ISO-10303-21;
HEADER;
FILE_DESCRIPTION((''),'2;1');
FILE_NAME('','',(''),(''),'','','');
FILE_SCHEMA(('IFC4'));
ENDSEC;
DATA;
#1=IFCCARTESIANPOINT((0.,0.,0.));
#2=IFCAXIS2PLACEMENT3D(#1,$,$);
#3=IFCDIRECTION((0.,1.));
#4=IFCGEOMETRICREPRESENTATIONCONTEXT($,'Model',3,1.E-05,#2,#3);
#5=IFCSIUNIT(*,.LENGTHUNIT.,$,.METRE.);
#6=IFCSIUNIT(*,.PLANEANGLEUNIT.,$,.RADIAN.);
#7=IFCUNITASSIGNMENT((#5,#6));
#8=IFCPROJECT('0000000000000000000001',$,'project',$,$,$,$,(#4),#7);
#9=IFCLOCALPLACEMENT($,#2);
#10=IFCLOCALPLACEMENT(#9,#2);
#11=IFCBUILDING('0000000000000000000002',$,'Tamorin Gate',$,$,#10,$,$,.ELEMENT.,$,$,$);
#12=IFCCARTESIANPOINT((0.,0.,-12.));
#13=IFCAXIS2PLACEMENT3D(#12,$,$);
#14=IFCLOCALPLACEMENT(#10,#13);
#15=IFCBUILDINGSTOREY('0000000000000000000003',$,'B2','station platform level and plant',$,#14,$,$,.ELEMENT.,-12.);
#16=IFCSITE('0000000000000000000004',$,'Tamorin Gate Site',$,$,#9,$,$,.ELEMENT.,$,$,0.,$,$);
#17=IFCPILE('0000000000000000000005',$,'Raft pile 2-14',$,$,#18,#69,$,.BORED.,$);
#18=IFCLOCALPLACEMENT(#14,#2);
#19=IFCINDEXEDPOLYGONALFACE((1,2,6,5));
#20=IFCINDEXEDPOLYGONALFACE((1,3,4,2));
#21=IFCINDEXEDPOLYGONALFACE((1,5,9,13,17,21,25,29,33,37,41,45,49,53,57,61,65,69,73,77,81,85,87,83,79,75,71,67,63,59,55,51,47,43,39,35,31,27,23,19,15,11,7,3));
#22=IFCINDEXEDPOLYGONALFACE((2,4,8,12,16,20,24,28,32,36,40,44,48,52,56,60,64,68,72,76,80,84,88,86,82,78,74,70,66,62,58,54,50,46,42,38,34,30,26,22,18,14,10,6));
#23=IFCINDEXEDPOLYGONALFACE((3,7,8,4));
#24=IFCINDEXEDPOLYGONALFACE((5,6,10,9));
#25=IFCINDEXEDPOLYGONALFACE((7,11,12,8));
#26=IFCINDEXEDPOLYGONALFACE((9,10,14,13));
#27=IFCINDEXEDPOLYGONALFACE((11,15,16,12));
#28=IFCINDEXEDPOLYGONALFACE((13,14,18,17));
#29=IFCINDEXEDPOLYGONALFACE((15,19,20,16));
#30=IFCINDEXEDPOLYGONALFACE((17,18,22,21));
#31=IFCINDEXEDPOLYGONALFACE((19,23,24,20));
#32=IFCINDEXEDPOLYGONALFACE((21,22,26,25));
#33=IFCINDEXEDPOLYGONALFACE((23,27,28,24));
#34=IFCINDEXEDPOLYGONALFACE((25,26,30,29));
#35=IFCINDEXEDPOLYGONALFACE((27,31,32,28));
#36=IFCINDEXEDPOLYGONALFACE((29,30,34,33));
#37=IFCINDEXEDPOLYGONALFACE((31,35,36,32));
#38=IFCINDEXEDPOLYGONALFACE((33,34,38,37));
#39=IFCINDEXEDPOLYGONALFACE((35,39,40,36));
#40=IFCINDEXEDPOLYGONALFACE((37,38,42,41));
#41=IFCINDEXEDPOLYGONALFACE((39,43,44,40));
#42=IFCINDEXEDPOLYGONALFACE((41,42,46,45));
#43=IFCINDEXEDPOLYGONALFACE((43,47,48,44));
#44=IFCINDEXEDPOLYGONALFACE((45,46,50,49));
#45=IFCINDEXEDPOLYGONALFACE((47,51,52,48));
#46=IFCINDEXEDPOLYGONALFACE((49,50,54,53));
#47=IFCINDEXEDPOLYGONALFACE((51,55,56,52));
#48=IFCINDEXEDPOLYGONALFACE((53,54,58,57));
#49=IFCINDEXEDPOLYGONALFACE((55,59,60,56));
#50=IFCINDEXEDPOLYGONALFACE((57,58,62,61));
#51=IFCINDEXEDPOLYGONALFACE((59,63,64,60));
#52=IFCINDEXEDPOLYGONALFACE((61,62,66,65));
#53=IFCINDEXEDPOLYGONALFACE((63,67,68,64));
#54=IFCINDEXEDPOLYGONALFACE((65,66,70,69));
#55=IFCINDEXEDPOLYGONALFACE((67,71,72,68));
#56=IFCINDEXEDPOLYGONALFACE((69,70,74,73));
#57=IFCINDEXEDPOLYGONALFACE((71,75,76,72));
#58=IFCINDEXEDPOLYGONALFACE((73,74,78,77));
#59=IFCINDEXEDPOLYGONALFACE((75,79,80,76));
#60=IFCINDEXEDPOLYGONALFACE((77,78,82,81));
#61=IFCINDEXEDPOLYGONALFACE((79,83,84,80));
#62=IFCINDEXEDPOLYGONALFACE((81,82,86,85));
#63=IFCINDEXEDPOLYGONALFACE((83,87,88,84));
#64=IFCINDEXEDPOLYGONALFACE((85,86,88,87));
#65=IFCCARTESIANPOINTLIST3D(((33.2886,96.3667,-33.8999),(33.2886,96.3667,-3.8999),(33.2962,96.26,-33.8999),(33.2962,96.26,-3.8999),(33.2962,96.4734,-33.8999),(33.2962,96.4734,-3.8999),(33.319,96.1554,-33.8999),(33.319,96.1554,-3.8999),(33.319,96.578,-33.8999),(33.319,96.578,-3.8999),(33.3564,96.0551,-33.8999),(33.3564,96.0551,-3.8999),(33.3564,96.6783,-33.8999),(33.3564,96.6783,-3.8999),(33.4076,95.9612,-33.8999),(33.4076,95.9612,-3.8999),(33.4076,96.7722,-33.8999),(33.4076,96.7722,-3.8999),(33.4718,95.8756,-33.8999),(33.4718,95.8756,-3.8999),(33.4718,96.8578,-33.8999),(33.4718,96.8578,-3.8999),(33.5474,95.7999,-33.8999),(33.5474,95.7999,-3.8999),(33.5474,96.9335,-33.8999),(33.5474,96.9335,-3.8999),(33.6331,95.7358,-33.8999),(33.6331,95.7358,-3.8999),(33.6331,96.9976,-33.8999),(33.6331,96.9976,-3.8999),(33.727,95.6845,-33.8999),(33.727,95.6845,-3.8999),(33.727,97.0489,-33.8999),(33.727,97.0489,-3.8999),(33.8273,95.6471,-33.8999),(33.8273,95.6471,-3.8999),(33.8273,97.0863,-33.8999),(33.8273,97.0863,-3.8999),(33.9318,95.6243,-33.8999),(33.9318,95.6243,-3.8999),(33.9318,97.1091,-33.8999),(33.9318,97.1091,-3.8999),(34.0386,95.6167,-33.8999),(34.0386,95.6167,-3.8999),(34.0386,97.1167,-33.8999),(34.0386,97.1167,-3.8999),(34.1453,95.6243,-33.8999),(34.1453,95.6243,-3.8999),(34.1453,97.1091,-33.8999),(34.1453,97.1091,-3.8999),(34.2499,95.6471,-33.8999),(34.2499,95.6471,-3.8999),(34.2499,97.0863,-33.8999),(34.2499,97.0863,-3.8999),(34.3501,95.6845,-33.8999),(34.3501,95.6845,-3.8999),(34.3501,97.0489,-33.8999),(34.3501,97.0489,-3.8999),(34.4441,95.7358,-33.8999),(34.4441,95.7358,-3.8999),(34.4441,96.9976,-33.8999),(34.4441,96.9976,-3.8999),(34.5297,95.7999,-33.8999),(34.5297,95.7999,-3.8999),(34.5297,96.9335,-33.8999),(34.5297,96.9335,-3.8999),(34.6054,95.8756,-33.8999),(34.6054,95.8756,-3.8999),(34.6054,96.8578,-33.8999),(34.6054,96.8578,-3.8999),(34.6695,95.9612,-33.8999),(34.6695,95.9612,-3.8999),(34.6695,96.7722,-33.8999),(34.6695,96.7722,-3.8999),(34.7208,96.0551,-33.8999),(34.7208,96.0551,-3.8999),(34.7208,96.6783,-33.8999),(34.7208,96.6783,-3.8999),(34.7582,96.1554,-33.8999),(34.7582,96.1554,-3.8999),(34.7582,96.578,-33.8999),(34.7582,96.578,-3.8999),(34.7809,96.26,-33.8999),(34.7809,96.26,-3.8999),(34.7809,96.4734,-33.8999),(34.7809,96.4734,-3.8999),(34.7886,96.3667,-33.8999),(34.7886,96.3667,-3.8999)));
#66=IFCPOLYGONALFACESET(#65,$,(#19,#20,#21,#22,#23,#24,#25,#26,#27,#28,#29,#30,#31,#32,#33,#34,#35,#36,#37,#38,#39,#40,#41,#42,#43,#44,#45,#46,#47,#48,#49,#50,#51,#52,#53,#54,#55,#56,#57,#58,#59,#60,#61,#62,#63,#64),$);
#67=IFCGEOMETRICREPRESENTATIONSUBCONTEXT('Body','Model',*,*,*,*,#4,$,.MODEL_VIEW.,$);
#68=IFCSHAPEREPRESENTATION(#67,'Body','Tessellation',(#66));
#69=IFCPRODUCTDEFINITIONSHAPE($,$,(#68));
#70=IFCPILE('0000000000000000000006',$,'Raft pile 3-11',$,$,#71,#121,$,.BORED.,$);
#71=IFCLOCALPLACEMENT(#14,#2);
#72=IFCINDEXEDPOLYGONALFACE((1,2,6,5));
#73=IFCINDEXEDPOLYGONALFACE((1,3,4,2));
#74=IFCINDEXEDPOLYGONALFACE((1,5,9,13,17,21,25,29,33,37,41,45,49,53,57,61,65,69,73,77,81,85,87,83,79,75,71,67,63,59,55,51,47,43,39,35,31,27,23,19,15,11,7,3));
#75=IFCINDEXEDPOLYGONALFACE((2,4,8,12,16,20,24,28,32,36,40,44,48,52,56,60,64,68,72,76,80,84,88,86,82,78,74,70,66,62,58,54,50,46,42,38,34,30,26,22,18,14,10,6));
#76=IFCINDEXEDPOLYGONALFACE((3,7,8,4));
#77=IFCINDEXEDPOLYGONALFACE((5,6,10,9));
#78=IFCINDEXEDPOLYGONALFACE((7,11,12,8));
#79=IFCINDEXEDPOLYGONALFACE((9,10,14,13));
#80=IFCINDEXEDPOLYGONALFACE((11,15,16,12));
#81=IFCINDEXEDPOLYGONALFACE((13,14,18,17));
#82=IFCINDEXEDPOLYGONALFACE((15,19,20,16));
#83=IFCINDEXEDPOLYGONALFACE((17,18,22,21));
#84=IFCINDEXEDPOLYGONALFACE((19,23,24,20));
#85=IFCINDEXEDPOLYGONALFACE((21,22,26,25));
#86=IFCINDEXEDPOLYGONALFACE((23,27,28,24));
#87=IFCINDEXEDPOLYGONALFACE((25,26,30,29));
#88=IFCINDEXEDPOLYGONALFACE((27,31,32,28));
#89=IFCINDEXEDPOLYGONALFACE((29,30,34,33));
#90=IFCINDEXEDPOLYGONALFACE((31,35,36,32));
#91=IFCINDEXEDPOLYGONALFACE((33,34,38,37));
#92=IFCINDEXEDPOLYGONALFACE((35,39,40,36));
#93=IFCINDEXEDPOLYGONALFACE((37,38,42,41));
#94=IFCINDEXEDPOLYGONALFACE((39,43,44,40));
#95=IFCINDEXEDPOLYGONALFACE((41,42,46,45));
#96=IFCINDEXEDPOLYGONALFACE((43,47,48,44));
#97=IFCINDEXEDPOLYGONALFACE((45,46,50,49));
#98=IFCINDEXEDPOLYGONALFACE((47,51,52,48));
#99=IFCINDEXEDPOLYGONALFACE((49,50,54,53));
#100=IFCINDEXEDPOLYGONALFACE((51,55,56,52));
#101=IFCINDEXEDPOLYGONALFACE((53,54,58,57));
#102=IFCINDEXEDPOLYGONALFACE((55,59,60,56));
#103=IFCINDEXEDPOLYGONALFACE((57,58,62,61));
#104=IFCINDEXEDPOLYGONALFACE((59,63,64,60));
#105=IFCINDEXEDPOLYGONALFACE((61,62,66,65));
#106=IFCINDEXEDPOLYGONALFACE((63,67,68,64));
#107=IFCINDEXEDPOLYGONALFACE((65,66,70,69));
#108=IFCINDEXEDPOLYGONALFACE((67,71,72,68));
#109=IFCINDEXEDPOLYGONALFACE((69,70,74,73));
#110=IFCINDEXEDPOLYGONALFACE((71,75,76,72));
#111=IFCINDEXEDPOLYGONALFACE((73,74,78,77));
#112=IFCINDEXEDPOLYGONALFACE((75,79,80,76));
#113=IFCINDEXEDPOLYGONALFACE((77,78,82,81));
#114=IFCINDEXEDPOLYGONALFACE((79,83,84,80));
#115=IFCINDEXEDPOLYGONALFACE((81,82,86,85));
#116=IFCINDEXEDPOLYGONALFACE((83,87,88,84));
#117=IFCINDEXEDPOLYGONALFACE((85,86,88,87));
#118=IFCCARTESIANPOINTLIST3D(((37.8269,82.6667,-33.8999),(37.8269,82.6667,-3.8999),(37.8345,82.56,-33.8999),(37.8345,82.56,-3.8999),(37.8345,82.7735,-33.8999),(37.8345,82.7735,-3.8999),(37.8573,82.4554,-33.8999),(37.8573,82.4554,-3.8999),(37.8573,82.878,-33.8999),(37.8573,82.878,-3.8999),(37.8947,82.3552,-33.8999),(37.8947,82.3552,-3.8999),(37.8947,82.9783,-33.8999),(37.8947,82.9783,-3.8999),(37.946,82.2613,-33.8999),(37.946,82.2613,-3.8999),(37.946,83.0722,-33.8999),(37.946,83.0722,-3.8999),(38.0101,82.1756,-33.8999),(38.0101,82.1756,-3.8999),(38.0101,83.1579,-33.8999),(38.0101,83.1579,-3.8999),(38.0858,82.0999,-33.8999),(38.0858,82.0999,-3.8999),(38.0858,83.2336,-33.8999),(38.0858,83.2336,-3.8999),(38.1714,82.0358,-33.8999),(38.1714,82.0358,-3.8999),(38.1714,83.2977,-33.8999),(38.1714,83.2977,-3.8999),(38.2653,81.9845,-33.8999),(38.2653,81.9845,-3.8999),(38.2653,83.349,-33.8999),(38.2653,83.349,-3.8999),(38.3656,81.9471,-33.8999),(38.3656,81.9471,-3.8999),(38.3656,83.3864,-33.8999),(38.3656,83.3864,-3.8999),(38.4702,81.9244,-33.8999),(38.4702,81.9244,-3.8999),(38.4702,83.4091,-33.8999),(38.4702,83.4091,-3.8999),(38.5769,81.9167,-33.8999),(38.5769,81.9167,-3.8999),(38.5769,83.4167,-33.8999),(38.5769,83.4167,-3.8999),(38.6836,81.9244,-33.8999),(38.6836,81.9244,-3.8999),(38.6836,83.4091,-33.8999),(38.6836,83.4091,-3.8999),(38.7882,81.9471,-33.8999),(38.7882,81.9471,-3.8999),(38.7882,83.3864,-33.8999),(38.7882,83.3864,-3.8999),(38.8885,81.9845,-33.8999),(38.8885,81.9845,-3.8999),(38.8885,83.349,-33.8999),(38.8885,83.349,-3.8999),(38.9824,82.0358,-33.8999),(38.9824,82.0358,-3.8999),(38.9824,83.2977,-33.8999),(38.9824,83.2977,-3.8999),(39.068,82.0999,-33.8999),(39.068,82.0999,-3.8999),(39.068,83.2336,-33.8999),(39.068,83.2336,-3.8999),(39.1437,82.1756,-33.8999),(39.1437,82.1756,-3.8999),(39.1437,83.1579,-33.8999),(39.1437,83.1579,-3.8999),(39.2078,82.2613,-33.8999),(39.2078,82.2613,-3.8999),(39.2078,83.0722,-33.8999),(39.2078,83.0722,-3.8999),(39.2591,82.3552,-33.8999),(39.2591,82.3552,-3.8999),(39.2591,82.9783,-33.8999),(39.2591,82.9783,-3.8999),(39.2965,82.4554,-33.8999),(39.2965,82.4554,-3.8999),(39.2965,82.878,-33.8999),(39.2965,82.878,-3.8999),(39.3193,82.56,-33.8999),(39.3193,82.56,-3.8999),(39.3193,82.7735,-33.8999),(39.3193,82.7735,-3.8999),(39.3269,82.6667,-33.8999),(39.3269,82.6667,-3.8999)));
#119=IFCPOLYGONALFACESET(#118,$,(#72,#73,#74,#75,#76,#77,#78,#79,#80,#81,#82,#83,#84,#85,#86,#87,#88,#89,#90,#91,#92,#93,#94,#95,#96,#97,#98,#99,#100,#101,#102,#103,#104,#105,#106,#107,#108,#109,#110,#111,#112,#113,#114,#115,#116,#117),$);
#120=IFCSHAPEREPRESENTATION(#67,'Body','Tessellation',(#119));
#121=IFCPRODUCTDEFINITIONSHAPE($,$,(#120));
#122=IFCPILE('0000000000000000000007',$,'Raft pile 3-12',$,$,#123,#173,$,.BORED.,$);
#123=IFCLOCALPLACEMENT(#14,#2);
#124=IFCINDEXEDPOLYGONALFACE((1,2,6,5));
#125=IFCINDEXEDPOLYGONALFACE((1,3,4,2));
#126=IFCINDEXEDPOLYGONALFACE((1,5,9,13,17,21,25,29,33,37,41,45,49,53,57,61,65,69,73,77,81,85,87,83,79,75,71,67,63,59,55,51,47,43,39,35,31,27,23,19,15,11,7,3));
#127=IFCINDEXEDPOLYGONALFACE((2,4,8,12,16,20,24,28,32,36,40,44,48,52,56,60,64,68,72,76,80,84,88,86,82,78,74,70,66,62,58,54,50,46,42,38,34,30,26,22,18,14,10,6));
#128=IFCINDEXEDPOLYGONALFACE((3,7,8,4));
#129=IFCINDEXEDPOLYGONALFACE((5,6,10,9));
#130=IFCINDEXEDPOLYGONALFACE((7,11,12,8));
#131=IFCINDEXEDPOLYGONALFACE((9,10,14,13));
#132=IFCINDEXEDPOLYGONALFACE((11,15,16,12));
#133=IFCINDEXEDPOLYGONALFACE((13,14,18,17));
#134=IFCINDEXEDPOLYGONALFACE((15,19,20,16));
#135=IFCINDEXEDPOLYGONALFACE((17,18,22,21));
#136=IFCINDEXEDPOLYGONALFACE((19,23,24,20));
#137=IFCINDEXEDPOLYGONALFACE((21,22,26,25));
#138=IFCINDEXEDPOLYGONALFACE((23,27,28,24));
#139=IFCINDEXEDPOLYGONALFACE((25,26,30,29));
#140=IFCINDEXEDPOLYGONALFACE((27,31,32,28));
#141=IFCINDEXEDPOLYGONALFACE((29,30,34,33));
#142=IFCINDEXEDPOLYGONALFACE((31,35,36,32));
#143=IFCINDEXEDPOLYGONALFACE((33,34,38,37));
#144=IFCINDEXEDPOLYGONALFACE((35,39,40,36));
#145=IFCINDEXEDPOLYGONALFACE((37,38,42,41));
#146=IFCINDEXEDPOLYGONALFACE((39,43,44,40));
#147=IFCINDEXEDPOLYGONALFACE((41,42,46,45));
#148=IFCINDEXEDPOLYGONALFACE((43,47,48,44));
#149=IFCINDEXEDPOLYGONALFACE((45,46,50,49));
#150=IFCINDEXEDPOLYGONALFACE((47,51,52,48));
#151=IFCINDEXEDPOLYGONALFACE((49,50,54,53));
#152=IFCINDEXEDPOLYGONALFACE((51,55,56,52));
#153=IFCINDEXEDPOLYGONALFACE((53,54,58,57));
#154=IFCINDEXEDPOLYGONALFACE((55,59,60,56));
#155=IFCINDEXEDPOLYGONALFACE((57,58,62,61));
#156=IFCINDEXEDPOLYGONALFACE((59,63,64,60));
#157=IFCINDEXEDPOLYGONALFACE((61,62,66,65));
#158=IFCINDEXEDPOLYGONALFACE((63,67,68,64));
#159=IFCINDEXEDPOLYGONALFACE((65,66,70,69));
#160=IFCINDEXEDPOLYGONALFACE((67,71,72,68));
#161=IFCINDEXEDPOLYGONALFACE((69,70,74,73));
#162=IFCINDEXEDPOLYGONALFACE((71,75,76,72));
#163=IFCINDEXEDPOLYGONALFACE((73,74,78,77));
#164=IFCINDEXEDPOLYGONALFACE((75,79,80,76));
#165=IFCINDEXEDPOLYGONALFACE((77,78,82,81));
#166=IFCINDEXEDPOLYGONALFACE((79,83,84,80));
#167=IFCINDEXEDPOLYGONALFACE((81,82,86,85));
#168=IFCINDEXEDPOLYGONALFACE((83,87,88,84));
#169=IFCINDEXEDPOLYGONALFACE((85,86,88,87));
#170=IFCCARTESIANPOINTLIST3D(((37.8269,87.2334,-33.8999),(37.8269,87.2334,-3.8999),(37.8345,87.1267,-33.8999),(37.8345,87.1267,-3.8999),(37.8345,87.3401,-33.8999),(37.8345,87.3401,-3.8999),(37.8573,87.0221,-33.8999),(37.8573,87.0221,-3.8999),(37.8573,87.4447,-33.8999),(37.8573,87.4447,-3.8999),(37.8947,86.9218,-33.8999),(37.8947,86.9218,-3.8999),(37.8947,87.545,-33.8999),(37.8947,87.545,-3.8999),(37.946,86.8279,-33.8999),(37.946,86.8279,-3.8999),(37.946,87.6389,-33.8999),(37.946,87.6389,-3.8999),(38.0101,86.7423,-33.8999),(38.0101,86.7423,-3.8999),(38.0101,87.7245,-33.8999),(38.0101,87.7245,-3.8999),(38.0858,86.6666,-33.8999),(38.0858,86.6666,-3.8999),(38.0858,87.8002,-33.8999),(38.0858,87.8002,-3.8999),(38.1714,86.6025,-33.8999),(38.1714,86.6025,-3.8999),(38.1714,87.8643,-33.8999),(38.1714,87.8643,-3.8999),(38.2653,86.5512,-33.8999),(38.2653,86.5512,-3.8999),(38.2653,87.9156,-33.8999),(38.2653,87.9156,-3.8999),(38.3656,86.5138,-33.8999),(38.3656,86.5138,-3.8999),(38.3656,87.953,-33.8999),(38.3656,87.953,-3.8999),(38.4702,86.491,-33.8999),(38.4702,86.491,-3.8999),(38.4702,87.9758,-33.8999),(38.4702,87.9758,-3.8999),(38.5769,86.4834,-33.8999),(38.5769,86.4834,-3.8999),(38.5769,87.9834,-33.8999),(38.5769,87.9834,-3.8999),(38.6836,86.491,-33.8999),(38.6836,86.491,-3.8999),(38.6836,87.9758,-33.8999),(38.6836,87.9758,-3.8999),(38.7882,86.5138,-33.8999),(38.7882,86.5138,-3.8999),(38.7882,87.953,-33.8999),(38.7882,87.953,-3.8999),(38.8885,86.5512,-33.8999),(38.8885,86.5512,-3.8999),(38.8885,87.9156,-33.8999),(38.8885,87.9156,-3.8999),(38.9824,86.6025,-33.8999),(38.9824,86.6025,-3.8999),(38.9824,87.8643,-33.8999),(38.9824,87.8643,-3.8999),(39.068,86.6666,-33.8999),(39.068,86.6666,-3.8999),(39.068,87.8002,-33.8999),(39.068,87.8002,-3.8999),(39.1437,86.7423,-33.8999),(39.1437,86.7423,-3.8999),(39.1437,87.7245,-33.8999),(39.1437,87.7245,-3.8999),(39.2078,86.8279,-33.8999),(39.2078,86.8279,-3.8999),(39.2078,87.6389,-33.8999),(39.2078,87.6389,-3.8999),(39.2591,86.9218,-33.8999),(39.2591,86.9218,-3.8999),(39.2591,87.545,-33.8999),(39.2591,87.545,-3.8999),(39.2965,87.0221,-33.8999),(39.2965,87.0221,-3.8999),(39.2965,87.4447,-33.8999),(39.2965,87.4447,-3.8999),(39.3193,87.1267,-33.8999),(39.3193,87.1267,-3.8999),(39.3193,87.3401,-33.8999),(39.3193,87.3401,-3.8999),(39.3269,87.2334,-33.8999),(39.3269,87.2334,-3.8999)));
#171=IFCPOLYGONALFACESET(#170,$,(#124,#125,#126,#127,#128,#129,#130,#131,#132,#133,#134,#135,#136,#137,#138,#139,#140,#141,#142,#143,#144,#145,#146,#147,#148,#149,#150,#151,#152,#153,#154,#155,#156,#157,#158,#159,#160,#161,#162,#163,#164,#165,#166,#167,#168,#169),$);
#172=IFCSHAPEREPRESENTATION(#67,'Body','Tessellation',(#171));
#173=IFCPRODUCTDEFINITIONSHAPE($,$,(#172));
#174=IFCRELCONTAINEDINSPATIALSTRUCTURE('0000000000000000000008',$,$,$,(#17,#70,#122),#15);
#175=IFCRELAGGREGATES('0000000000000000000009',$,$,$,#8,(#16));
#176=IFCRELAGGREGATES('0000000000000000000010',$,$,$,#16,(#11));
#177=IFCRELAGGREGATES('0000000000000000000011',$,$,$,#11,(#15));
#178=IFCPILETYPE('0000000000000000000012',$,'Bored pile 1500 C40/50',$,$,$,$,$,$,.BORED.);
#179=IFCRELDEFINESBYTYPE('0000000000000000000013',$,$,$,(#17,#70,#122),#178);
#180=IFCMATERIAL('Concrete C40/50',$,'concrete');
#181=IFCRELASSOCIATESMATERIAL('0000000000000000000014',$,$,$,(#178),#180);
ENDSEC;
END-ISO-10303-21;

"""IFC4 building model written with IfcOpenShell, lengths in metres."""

from ifc_helpers import new_model, si_unit, direction, frame, origin, origin_2d, place, context, subcontext, project, spatial, circle, extrude, material, material_profile, profile_set, type_object, element, save


model = new_model("IFC4")

# Units and contexts
model_context = context("Model", 3, precision=1e-05, world=origin(), true_north=direction((0.0, 1.0)))
body_context = subcontext(model_context, "Body", "Model", "MODEL_VIEW")
ifc_project = project(units=[si_unit("LENGTHUNIT", "METRE"), si_unit("PLANEANGLEUNIT", "RADIAN")], contexts=[model_context])

# Site, building, storey
site_placement = place(None, origin())
site = spatial("IfcSite", under=ifc_project, at=site_placement, Name="Tamorin Gate Site", CompositionType="ELEMENT", RefElevation=0.0)
building_placement = place(site_placement, origin())
building = spatial("IfcBuilding", under=site, at=building_placement, Name="Tamorin Gate", CompositionType="ELEMENT")
storey_placement = place(building_placement, frame((0.0, 0.0, -12.0)))
storey = spatial("IfcBuildingStorey", under=building, at=storey_placement, Name="B2", Description="station platform level and plant", CompositionType="ELEMENT", Elevation=-12.0)

# Piles
ifc_material_1 = material(Name="Concrete C40/50", Category="concrete")
ifc_material_profile_1 = material_profile(ifc_material_1, circle(Radius=0.75, at=origin_2d()))
ifc_profile_set_1 = profile_set([ifc_material_profile_1], Name="Concrete C40/50")
pile_type = type_object("IfcPileType", Name="Bored pile 1500 C40/50", PredefinedType="BORED", material=ifc_profile_set_1)
for number, where, z_axis, x_axis, name in (
    (1, (34.0386, 96.3667, -3.8999), (0.0, 0.0, -1.0), (1.0, 0.0, 0.0), "Raft pile 2-14"),
    (2, (38.5769, 82.6667, -3.8999), (0.0, 0.0, -1.0), (1.0, 0.0, 0.0), "Raft pile 3-11"),
    (3, (38.5769, 87.2334, -3.8999), (0.0, 0.0, -1.0), (1.0, 0.0, 0.0), "Raft pile 3-12"),
):
    element("IfcPile", number, at=place(storey_placement, frame(where, z_axis=z_axis, x_axis=x_axis)), inside=storey, type_object=pile_type, Name=name, PredefinedType="BORED", context=body_context, shape_type="SweptSolid", body=[
        extrude(circle(Radius=0.75, at=origin_2d()), origin(), (0.0, 0.0, 1.0), 30.0),
    ])

save(model, "model.ifc")
